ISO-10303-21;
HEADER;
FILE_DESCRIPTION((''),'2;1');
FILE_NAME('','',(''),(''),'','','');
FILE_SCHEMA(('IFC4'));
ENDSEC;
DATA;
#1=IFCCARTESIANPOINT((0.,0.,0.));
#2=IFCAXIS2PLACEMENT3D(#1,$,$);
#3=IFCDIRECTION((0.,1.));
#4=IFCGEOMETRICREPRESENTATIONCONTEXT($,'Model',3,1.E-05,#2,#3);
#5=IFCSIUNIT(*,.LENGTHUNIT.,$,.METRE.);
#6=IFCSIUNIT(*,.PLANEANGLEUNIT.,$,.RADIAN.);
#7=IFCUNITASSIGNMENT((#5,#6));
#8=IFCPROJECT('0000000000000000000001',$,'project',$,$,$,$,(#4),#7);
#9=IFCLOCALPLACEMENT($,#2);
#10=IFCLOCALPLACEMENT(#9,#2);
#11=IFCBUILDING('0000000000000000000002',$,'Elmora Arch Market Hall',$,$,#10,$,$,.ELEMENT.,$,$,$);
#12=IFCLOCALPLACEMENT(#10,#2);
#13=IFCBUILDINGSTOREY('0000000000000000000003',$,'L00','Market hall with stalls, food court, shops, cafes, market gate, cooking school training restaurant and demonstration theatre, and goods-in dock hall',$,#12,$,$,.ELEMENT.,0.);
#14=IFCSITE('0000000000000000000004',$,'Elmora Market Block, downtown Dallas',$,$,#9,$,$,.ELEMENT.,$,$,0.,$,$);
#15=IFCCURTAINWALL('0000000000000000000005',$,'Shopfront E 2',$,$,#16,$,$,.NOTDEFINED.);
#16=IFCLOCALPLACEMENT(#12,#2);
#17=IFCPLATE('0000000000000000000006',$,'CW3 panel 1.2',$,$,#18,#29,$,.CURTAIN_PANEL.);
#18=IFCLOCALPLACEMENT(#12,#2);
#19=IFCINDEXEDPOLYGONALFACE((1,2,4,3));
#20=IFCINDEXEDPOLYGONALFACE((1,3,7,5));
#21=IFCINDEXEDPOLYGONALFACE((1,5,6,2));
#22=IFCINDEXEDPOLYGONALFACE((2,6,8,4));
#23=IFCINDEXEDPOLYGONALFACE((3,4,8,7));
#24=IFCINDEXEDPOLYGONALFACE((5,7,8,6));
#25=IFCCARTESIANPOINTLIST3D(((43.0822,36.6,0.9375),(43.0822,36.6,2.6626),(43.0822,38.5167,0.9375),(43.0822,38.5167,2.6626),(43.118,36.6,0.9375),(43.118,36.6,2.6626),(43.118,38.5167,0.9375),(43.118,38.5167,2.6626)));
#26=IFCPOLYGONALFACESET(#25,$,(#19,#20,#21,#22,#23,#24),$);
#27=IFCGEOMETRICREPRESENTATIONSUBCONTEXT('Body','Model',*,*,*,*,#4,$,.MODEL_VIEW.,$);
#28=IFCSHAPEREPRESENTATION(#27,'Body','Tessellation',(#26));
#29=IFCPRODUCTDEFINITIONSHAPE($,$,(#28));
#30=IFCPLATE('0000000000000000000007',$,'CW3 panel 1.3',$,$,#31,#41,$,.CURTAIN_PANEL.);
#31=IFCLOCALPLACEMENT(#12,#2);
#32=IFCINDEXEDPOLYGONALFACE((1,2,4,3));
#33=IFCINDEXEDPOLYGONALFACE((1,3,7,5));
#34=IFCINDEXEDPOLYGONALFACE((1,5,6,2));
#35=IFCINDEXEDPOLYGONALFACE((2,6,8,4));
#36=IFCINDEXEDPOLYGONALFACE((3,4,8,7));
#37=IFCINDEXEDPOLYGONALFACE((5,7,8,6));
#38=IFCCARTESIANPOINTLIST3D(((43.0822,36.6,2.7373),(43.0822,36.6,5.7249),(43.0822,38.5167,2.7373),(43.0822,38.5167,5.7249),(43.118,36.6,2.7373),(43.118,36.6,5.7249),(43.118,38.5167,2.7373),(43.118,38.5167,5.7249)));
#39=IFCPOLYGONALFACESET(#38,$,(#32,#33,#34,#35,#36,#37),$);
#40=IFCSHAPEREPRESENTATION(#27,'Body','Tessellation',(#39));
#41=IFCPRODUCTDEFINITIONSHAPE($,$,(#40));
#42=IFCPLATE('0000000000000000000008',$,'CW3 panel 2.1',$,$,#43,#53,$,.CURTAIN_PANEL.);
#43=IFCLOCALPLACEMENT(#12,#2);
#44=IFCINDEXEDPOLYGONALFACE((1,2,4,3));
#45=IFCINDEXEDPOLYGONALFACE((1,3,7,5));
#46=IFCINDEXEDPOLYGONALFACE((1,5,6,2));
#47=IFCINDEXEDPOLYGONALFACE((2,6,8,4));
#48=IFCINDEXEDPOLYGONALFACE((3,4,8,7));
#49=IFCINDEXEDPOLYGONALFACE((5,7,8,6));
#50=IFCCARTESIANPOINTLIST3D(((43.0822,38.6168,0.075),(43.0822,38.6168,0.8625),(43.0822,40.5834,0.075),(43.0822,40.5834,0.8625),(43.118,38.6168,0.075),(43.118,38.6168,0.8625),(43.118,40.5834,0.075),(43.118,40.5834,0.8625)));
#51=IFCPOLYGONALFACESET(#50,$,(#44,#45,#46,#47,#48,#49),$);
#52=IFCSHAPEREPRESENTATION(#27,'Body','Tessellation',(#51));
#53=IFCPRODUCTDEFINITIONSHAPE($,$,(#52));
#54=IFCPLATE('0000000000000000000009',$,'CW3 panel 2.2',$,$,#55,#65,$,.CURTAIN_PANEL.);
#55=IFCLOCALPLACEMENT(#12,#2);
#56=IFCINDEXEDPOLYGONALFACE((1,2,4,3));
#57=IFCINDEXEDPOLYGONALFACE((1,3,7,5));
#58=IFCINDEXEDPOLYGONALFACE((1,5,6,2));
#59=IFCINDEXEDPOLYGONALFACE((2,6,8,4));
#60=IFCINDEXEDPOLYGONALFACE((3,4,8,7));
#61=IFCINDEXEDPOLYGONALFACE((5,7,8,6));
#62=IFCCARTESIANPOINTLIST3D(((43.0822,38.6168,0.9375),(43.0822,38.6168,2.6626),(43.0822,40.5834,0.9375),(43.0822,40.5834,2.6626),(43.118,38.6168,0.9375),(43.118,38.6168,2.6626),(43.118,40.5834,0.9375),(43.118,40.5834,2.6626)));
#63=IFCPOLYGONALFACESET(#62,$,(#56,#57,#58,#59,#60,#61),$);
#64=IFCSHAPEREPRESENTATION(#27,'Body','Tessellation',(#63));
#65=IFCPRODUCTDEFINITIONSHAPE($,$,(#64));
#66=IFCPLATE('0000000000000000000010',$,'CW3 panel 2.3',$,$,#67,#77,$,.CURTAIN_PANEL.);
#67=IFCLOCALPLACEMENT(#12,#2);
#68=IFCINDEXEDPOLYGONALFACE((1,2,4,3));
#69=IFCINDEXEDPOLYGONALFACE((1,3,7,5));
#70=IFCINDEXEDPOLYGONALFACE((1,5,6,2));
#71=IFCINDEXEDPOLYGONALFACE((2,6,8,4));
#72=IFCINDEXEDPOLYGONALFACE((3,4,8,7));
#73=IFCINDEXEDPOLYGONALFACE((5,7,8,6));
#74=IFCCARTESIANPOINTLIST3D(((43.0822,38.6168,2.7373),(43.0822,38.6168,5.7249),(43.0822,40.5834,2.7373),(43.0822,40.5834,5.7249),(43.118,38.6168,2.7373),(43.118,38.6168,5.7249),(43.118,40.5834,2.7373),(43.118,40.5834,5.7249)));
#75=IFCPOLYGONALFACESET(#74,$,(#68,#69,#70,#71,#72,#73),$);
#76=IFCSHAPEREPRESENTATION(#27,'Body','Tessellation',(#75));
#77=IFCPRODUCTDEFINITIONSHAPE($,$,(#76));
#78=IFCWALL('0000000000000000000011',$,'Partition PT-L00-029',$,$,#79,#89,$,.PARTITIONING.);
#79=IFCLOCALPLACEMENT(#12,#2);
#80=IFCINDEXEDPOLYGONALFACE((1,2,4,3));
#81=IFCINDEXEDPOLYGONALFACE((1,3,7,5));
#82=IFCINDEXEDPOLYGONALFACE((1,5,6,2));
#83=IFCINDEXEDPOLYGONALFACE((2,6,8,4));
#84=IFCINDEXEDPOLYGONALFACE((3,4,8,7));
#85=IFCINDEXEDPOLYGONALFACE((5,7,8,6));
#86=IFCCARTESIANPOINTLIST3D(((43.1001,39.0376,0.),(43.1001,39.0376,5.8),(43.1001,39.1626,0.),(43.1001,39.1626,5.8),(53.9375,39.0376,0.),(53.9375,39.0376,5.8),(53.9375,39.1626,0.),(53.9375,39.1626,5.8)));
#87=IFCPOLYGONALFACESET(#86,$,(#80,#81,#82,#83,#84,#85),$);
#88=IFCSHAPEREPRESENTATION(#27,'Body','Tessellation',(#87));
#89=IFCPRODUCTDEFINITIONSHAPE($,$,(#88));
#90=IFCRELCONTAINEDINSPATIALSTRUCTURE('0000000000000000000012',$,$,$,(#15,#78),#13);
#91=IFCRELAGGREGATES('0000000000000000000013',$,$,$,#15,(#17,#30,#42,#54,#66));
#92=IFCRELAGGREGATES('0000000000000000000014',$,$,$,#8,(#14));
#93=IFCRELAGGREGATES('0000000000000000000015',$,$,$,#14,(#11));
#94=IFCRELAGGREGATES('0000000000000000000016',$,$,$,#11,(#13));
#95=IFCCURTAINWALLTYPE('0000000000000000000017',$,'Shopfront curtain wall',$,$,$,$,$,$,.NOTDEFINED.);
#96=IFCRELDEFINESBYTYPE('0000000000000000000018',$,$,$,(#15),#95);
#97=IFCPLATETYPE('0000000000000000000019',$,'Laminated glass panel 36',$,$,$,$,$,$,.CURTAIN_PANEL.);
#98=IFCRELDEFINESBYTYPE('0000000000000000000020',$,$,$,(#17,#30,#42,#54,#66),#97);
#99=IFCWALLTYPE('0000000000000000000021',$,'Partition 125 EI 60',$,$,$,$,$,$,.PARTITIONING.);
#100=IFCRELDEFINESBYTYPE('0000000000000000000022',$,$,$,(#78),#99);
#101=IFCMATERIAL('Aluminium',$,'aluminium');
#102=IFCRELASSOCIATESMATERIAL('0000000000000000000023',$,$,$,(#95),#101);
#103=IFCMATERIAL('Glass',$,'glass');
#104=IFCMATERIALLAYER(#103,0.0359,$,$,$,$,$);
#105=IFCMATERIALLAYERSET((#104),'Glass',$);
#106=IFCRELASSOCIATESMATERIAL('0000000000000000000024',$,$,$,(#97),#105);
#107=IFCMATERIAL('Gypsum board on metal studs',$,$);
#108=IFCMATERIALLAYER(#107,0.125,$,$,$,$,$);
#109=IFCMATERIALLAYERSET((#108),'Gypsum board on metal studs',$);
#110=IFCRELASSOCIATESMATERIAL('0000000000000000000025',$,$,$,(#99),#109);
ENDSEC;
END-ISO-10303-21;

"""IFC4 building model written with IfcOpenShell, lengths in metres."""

from ifc_helpers import new_model, si_unit, direction, frame, frame_2d, origin, origin_2d, place, context, subcontext, project, spatial, rectangle, extrude, material, layer, layer_set, type_object, element, aggregate, save


model = new_model("IFC4")

# Units and contexts
model_context = context("Model", 3, precision=1e-05, world=origin(), true_north=direction((0.0, 1.0)))
body_context = subcontext(model_context, "Body", "Model", "MODEL_VIEW")
ifc_project = project(units=[si_unit("LENGTHUNIT", "METRE"), si_unit("PLANEANGLEUNIT", "RADIAN")], contexts=[model_context])

# Site, building, storey
site_placement = place(None, origin())
site = spatial("IfcSite", under=ifc_project, at=site_placement, Name="Elmora Market Block, downtown Dallas", CompositionType="ELEMENT", RefElevation=0.0)
building_placement = place(site_placement, origin())
building = spatial("IfcBuilding", under=site, at=building_placement, Name="Elmora Arch Market Hall", CompositionType="ELEMENT")
storey_placement = place(building_placement, origin())
storey = spatial("IfcBuildingStorey", under=building, at=storey_placement, Name="L00", Description="Market hall with stalls, food court, shops, cafes, market gate, cooking school training restaurant and demonstration theatre, and goods-in dock hall", CompositionType="ELEMENT", Elevation=0.0)

# Curtain wall
ifc_material_1 = material(Name="Aluminium", Category="aluminium")
curtain_wall_type = type_object("IfcCurtainWallType", Name="Shopfront curtain wall", PredefinedType="NOTDEFINED", material=ifc_material_1)
curtain_wall_1_placement = place(storey_placement, origin())
curtain_wall_1 = element("IfcCurtainWall", 1, at=curtain_wall_1_placement, inside=storey, type_object=curtain_wall_type, Name="Shopfront E 2", PredefinedType="NOTDEFINED")

# Plates
ifc_material_2 = material(Name="Glass", Category="glass")
ifc_layer_1 = layer(ifc_material_2, 0.0359)
ifc_layer_set_1 = layer_set([ifc_layer_1], Name="Glass")
plate_type = type_object("IfcPlateType", Name="Laminated glass panel 36", PredefinedType="CURTAIN_PANEL", material=ifc_layer_set_1)
plate_1_placement = place(storey_placement, frame((43.1001, 37.5583, 0.9375), z_axis=(0.0, 0.0, 1.0), x_axis=(0.0, 1.0, 0.0)))
plate_1 = element("IfcPlate", 2, at=plate_1_placement, type_object=plate_type, Name="CW3 panel 1.2", PredefinedType="CURTAIN_PANEL", context=body_context, shape_type="SweptSolid", body=[
    extrude(rectangle(XDim=1.9167, YDim=0.0359, at=origin_2d()), origin(), (0.0, 0.0, 1.0), 1.7251),
])
plate_2_placement = place(storey_placement, frame((43.1001, 37.5583, 2.7373), z_axis=(0.0, 0.0, 1.0), x_axis=(0.0, 1.0, 0.0)))
plate_2 = element("IfcPlate", 3, at=plate_2_placement, type_object=plate_type, Name="CW3 panel 1.3", PredefinedType="CURTAIN_PANEL", context=body_context, shape_type="SweptSolid", body=[
    extrude(rectangle(XDim=1.9167, YDim=0.0359, at=origin_2d()), origin(), (0.0, 0.0, 1.0), 2.9875),
])
plate_3_placement = place(storey_placement, frame((43.1001, 39.6001, 0.075), z_axis=(0.0, 0.0, 1.0), x_axis=(0.0, 1.0, 0.0)))
plate_3 = element("IfcPlate", 4, at=plate_3_placement, type_object=plate_type, Name="CW3 panel 2.1", PredefinedType="CURTAIN_PANEL", context=body_context, shape_type="SweptSolid", body=[
    extrude(rectangle(XDim=1.9666, YDim=0.0359, at=origin_2d()), origin(), (0.0, 0.0, 1.0), 0.7876),
])
plate_4_placement = place(storey_placement, frame((43.1001, 39.6001, 0.9375), z_axis=(0.0, 0.0, 1.0), x_axis=(0.0, 1.0, 0.0)))
plate_4 = element("IfcPlate", 5, at=plate_4_placement, type_object=plate_type, Name="CW3 panel 2.2", PredefinedType="CURTAIN_PANEL", context=body_context, shape_type="SweptSolid", body=[
    extrude(rectangle(XDim=1.9666, YDim=0.0359, at=origin_2d()), origin(), (0.0, 0.0, 1.0), 1.7251),
])
plate_5_placement = place(storey_placement, frame((43.1001, 39.6001, 2.7373), z_axis=(0.0, 0.0, 1.0), x_axis=(0.0, 1.0, 0.0)))
plate_5 = element("IfcPlate", 6, at=plate_5_placement, type_object=plate_type, Name="CW3 panel 2.3", PredefinedType="CURTAIN_PANEL", context=body_context, shape_type="SweptSolid", body=[
    extrude(rectangle(XDim=1.9666, YDim=0.0359, at=origin_2d()), origin(), (0.0, 0.0, 1.0), 2.9875),
])
aggregate(curtain_wall_1, [plate_1, plate_2, plate_3, plate_4, plate_5])

# Wall
ifc_material_3 = material(Name="Gypsum board on metal studs")
ifc_layer_2 = layer(ifc_material_3, 0.125)
ifc_layer_set_2 = layer_set([ifc_layer_2], Name="Gypsum board on metal studs")
wall_type_1 = type_object("IfcWallType", Name="Partition 125 EI 60", PredefinedType="PARTITIONING", material=ifc_layer_set_2)
wall_1_placement = place(storey_placement, frame((43.1001, 39.1001, 0.0), z_axis=(0.0, 0.0, 1.0), x_axis=(1.0, 0.0, 0.0)))
element("IfcWall", 7, at=wall_1_placement, inside=storey, type_object=wall_type_1, Name="Partition PT-L00-029", PredefinedType="PARTITIONING", context=body_context, shape_type="SweptSolid", body=[
    extrude(rectangle(XDim=10.8374, YDim=0.125, at=frame_2d((5.4187, 0.0))), origin(), (0.0, 0.0, 1.0), 5.8),
])

save(model, "model.ifc")
